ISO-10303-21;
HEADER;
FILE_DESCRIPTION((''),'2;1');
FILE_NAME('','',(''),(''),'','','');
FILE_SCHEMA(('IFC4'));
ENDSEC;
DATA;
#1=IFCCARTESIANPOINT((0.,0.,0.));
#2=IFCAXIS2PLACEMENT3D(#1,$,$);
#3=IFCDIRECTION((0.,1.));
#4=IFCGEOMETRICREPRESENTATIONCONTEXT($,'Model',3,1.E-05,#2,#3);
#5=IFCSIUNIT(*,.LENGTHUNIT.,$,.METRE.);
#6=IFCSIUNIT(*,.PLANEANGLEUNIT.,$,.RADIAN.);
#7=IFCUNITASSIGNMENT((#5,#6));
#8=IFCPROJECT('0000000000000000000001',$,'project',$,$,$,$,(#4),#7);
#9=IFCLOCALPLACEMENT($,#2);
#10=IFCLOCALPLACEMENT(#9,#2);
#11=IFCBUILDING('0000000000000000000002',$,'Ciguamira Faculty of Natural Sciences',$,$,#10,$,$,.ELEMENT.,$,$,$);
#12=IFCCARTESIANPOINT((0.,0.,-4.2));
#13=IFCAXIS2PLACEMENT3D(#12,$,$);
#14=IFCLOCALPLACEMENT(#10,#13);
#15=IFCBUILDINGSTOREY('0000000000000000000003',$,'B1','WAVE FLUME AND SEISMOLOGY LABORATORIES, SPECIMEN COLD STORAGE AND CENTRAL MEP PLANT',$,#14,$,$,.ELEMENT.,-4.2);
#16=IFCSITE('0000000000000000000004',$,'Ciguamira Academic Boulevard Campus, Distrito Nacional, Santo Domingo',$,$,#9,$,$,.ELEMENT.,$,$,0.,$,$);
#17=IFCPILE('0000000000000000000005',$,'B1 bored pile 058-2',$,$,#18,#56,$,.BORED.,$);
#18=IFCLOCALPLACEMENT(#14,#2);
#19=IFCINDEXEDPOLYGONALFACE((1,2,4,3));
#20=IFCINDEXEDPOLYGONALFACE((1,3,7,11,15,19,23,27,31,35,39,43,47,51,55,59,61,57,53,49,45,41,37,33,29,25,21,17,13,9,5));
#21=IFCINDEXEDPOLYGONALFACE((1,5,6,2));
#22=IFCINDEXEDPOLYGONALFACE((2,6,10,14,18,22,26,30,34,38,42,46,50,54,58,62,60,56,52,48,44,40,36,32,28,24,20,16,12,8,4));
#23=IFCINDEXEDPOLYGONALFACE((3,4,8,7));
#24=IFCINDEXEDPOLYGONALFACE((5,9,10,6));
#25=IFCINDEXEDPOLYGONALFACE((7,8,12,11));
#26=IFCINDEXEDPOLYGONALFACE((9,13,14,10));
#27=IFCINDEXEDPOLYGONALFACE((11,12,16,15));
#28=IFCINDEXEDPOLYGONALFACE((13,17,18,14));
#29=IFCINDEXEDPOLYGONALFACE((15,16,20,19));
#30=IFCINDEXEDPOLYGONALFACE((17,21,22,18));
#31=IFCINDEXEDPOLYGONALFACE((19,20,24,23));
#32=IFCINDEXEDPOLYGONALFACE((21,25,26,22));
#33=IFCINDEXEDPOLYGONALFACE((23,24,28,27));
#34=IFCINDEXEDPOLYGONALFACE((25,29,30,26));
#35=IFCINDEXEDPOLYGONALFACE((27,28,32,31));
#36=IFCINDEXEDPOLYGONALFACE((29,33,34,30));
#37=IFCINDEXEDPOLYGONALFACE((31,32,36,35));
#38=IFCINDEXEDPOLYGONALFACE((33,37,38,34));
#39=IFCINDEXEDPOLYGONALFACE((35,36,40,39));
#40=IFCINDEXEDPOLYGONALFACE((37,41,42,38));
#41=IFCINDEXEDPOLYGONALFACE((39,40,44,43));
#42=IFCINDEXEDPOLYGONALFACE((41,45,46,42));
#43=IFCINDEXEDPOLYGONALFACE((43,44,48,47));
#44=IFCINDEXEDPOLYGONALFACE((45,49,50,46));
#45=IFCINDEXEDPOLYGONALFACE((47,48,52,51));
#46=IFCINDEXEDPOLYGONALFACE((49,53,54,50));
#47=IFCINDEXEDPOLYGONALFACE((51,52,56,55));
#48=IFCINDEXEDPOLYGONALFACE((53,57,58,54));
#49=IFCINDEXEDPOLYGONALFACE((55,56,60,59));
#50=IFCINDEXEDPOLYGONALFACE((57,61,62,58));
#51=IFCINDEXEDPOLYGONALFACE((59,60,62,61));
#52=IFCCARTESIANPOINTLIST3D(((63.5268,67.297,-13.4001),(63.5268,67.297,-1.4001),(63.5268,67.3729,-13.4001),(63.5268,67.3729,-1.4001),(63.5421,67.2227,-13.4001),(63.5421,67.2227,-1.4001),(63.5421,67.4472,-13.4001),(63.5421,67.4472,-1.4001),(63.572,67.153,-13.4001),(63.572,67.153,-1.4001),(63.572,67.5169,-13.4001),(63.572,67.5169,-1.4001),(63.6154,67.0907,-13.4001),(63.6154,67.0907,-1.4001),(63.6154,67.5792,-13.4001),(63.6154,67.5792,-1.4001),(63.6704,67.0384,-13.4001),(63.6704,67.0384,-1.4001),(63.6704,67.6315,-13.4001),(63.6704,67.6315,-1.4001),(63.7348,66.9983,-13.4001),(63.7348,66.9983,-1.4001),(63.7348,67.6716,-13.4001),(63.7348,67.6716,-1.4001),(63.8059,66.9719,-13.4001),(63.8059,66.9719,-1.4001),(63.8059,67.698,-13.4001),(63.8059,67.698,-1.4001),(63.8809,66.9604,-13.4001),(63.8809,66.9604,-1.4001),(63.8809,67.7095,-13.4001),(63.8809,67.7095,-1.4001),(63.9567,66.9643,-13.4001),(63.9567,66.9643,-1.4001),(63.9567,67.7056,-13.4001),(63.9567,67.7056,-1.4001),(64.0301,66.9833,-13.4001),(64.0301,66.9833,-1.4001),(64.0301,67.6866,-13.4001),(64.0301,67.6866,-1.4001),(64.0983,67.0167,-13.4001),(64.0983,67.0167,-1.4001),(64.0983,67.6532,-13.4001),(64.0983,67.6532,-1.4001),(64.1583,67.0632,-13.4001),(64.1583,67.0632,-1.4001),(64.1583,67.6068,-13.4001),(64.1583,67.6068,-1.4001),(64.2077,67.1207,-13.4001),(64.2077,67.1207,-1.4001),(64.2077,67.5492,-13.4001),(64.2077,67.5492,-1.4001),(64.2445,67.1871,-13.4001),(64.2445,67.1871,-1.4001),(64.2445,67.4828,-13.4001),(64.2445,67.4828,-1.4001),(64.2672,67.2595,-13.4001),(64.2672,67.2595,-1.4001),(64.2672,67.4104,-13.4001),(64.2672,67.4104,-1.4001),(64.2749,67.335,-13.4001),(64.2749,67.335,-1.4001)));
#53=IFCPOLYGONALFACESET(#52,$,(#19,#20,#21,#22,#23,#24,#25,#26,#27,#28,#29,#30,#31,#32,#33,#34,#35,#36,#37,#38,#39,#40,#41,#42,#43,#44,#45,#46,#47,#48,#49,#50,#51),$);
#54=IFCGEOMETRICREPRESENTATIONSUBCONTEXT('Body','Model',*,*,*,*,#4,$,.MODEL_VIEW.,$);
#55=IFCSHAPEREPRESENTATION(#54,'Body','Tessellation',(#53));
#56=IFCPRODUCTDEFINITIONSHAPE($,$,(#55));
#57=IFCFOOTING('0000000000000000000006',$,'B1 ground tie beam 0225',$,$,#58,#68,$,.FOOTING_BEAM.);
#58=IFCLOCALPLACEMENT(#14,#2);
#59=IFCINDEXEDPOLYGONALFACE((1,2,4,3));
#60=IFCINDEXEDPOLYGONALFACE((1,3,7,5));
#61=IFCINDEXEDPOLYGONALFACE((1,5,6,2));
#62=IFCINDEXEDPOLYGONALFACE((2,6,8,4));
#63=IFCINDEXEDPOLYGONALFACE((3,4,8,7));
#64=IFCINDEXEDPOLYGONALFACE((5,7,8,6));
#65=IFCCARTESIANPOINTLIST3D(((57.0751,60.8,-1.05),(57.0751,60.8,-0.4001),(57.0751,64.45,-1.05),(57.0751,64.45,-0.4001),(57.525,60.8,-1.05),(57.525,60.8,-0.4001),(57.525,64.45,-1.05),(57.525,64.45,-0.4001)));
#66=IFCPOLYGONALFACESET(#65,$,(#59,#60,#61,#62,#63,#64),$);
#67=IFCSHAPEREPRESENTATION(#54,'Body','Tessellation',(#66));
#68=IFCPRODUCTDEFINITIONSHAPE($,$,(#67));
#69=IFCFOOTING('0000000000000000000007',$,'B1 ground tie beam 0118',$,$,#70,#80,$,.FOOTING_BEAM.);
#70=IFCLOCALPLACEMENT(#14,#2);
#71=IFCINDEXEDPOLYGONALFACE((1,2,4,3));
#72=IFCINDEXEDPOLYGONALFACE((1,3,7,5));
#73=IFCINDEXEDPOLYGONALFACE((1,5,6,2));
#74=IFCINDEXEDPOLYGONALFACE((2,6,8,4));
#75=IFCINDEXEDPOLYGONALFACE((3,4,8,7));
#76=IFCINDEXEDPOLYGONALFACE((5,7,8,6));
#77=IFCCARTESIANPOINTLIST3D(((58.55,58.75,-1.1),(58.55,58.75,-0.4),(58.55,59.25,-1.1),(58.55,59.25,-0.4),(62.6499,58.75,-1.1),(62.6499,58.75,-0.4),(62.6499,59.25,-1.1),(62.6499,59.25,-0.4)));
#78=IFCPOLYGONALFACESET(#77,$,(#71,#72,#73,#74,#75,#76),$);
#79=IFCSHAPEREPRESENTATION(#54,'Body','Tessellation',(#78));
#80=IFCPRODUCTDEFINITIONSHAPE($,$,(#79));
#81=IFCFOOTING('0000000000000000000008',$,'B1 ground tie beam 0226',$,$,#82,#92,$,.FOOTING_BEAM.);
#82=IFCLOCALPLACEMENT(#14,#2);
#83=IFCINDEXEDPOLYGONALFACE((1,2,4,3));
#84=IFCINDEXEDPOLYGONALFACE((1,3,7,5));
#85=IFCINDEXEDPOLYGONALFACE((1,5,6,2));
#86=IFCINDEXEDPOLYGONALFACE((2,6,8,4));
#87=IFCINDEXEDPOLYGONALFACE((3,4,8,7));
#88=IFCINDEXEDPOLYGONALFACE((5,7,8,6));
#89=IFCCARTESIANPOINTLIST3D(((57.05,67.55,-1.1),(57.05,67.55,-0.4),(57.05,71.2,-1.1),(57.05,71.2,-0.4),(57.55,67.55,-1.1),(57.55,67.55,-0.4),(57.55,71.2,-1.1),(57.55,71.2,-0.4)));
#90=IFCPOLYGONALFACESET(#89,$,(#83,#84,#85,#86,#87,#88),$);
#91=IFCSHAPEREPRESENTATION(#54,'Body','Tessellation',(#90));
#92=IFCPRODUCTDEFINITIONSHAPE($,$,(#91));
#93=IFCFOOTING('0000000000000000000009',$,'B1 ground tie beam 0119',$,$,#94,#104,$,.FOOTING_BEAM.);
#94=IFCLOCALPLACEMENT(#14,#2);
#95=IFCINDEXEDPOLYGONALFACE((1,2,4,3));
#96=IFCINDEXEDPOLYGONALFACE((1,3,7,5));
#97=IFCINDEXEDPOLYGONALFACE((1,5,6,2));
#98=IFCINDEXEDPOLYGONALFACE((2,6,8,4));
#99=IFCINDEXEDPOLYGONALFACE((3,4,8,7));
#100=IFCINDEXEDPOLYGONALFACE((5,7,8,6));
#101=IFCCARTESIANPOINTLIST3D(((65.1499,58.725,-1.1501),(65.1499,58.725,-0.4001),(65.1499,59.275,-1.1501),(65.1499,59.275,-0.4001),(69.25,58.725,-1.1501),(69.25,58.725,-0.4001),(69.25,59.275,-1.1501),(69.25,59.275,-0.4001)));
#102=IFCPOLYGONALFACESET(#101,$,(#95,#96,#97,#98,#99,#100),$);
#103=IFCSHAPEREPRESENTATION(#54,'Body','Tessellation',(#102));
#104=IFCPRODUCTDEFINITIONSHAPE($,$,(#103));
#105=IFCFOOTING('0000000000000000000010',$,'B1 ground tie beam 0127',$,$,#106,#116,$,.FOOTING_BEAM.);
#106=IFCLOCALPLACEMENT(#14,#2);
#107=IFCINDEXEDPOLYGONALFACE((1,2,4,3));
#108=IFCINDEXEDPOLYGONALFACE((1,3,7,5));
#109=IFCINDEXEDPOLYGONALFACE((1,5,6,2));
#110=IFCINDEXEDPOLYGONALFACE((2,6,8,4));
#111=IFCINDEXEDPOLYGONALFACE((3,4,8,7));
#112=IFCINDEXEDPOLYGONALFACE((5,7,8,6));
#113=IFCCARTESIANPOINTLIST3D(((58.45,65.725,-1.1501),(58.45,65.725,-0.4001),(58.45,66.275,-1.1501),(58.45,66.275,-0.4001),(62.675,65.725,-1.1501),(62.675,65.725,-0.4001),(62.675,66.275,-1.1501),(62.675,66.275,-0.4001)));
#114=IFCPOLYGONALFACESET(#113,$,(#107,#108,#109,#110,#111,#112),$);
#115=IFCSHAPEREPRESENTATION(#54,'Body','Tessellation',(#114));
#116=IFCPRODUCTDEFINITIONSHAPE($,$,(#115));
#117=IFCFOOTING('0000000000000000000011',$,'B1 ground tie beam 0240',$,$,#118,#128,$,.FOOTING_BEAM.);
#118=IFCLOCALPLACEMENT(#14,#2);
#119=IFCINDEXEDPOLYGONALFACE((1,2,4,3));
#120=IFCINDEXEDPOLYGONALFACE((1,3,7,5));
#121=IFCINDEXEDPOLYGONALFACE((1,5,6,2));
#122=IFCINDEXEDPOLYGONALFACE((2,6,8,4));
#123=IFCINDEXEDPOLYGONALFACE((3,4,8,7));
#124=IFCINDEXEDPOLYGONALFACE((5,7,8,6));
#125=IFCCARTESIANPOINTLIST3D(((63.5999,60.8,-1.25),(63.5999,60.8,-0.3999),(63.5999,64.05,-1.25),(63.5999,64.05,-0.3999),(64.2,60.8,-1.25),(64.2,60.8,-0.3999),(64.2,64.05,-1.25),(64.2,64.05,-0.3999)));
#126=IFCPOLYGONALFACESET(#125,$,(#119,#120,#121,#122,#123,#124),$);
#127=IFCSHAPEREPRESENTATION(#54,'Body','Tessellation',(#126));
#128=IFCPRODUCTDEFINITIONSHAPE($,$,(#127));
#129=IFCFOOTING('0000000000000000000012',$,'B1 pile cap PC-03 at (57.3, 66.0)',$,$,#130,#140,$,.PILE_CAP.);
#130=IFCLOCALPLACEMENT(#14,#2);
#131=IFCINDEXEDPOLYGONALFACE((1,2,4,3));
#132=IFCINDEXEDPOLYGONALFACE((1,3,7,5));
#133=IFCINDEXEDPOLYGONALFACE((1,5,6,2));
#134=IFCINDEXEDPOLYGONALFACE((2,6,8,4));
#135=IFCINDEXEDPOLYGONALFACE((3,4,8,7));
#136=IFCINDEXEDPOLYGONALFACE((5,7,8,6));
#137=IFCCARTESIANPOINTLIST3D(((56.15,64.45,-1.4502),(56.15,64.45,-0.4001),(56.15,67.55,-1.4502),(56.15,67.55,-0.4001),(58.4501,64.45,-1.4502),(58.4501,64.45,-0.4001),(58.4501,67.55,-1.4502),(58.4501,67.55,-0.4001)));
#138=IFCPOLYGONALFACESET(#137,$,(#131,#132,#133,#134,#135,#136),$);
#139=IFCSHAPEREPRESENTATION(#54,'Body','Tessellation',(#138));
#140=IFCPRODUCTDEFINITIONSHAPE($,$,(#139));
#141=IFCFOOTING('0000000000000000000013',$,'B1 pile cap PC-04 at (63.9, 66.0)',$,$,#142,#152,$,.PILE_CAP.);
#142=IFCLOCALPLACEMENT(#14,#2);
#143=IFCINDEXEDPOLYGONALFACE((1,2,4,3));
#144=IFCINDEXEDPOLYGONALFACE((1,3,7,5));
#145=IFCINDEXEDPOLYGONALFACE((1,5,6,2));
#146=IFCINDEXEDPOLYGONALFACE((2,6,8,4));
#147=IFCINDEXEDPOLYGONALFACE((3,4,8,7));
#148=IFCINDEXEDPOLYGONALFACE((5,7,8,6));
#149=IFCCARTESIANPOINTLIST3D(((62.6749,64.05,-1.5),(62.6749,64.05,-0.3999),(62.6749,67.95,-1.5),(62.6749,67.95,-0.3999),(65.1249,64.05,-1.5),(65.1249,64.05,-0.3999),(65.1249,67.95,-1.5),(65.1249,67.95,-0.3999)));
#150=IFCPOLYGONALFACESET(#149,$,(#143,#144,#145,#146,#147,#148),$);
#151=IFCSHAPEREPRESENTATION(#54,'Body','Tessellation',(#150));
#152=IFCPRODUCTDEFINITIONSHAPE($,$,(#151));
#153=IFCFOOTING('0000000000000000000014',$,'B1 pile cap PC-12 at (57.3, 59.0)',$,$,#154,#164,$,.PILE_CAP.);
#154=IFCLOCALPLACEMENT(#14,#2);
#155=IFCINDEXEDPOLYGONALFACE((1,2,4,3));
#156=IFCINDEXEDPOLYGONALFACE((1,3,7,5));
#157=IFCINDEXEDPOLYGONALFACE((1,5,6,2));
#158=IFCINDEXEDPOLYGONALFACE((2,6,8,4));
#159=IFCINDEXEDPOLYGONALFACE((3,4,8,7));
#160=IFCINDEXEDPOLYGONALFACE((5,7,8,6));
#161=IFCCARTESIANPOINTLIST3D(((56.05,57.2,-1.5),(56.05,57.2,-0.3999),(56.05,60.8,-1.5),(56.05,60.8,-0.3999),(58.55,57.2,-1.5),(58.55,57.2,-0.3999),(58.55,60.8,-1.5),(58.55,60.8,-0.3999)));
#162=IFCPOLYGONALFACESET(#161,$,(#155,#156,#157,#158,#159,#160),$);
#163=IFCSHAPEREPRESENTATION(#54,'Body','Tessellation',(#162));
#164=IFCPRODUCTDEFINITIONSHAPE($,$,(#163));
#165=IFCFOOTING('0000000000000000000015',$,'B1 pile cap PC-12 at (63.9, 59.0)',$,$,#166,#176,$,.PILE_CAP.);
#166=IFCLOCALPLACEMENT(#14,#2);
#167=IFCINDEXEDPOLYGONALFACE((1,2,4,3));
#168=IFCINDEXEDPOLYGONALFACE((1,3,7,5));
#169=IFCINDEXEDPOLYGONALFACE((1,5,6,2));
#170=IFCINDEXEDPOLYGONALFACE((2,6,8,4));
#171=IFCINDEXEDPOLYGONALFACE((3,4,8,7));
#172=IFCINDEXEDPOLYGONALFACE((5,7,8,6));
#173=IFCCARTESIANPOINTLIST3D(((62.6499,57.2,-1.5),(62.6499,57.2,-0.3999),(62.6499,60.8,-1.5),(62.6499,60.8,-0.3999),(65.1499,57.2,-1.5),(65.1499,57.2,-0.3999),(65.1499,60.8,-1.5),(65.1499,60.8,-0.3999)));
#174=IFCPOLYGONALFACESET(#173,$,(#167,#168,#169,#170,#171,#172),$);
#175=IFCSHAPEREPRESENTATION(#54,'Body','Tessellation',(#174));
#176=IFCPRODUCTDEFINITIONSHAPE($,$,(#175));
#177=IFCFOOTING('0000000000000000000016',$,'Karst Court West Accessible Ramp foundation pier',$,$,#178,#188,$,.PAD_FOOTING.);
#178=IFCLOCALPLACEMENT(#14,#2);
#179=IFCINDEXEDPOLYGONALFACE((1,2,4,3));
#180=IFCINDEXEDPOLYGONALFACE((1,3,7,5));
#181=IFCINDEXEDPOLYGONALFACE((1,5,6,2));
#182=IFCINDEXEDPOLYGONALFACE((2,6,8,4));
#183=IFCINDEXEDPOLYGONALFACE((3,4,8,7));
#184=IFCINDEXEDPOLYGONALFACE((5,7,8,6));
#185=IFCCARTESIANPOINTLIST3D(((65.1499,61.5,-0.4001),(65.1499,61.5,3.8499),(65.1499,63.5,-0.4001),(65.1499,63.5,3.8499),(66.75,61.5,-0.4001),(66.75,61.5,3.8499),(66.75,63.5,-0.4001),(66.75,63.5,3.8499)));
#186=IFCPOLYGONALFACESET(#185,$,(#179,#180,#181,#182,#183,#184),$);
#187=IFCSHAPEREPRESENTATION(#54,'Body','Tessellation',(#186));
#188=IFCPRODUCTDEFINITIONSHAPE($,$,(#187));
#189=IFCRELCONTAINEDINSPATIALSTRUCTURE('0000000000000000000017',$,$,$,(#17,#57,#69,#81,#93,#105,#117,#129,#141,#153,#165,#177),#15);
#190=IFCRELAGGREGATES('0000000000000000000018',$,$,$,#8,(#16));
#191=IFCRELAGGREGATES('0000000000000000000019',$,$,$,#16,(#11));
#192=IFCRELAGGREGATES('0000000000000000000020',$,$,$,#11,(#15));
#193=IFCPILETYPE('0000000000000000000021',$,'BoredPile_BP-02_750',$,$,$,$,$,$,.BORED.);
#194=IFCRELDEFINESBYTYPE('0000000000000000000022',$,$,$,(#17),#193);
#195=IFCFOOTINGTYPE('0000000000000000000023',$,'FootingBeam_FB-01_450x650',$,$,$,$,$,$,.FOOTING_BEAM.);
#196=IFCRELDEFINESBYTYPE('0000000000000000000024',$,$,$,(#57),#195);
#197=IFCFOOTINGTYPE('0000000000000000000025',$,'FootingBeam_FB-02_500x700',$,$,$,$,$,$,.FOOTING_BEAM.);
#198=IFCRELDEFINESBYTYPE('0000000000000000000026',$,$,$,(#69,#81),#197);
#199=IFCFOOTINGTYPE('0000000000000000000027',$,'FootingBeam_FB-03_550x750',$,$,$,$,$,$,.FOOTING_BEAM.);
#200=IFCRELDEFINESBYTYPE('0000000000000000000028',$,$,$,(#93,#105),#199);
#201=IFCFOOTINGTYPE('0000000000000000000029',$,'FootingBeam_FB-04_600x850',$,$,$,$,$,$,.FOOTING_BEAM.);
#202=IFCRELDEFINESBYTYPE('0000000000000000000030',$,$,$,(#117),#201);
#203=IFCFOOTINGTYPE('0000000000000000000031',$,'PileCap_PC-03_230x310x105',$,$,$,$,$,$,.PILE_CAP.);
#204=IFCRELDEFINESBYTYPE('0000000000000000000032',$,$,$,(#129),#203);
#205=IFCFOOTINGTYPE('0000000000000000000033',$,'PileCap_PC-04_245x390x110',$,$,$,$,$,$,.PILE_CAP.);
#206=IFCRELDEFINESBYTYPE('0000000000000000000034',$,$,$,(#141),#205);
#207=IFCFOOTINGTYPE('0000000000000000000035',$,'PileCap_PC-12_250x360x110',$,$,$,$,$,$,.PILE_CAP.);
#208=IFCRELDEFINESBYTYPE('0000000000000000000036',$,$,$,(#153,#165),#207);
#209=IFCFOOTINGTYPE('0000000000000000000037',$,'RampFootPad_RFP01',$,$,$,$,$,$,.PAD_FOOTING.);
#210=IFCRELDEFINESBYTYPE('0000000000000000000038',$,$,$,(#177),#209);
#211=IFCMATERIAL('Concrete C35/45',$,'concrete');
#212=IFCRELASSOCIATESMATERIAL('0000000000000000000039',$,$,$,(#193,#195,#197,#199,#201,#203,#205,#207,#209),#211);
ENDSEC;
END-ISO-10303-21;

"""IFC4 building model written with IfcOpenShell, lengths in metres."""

from ifc_helpers import new_model, si_unit, direction, frame, origin, origin_2d, place, context, subcontext, project, spatial, rectangle, circle, extrude, material, material_profile, profile_set, type_object, element, save


model = new_model("IFC4")

# Units and contexts
model_context = context("Model", 3, precision=1e-05, world=origin(), true_north=direction((0.0, 1.0)))
body_context = subcontext(model_context, "Body", "Model", "MODEL_VIEW")
ifc_project = project(units=[si_unit("LENGTHUNIT", "METRE"), si_unit("PLANEANGLEUNIT", "RADIAN")], contexts=[model_context])

# Site, building, storey
site_placement = place(None, origin())
site = spatial("IfcSite", under=ifc_project, at=site_placement, Name="Ciguamira Academic Boulevard Campus, Distrito Nacional, Santo Domingo", CompositionType="ELEMENT", RefElevation=0.0)
building_placement = place(site_placement, origin())
building = spatial("IfcBuilding", under=site, at=building_placement, Name="Ciguamira Faculty of Natural Sciences", CompositionType="ELEMENT")
storey_placement = place(building_placement, frame((0.0, 0.0, -4.2)))
storey = spatial("IfcBuildingStorey", under=building, at=storey_placement, Name="B1", Description="WAVE FLUME AND SEISMOLOGY LABORATORIES, SPECIMEN COLD STORAGE AND CENTRAL MEP PLANT", CompositionType="ELEMENT", Elevation=-4.2)

# Pile
ifc_material_1 = material(Name="Concrete C35/45", Category="concrete")
ifc_material_profile_1 = material_profile(ifc_material_1, circle(Radius=0.375, at=origin_2d()), Name="PILE-BORED-750")
ifc_profile_set_1 = profile_set([ifc_material_profile_1], Name="Concrete C35/45")
pile_type = type_object("IfcPileType", Name="BoredPile_BP-02_750", PredefinedType="BORED", material=ifc_profile_set_1)
for number, where, z_axis, x_axis, name in (
    (1, (63.8999, 67.335, -1.4001), (0.0, 0.0, -1.0), (1.0, 0.0, 0.0), "B1 bored pile 058-2"),
):
    element("IfcPile", number, at=place(storey_placement, frame(where, z_axis=z_axis, x_axis=x_axis)), inside=storey, type_object=pile_type, Name=name, PredefinedType="BORED", context=body_context, shape_type="SweptSolid", body=[
        extrude(circle(Radius=0.375, at=origin_2d()), origin(), (0.0, 0.0, 1.0), 12.0),
    ])

# Footings
ifc_material_profile_2 = material_profile(ifc_material_1, rectangle(XDim=0.45, YDim=0.6499, at=origin_2d()), Name="RC-FB-450X650")
ifc_profile_set_2 = profile_set([ifc_material_profile_2], Name="Concrete C35/45")
footing_type_1 = type_object("IfcFootingType", Name="FootingBeam_FB-01_450x650", PredefinedType="FOOTING_BEAM", material=ifc_profile_set_2)
footing_1_placement = place(storey_placement, frame((57.3, 60.8, -0.7251), z_axis=(0.0, 1.0, 0.0), x_axis=(-1.0, 0.0, 0.0)))
element("IfcFooting", 2, at=footing_1_placement, inside=storey, type_object=footing_type_1, Name="B1 ground tie beam 0225", PredefinedType="FOOTING_BEAM", context=body_context, shape_type="SweptSolid", body=[
    extrude(rectangle(XDim=0.45, YDim=0.6499, at=origin_2d()), origin(), (0.0, 0.0, 1.0), 3.6499),
])
ifc_material_profile_3 = material_profile(ifc_material_1, rectangle(XDim=0.5, YDim=0.7, at=origin_2d()), Name="RC-FB-500X700")
ifc_profile_set_3 = profile_set([ifc_material_profile_3], Name="Concrete C35/45")
footing_type_2 = type_object("IfcFootingType", Name="FootingBeam_FB-02_500x700", PredefinedType="FOOTING_BEAM", material=ifc_profile_set_3)
footing_2_placement = place(storey_placement, frame((58.55, 59.0, -0.75), z_axis=(1.0, 0.0, 0.0), x_axis=(0.0, 1.0, 0.0)))
element("IfcFooting", 3, at=footing_2_placement, inside=storey, type_object=footing_type_2, Name="B1 ground tie beam 0118", PredefinedType="FOOTING_BEAM", context=body_context, shape_type="SweptSolid", body=[
    extrude(rectangle(XDim=0.5, YDim=0.7, at=origin_2d()), origin(), (0.0, 0.0, 1.0), 4.0999),
])
footing_3_placement = place(storey_placement, frame((57.3, 67.55, -0.75), z_axis=(0.0, 1.0, 0.0), x_axis=(-1.0, 0.0, 0.0)))
element("IfcFooting", 4, at=footing_3_placement, inside=storey, type_object=footing_type_2, Name="B1 ground tie beam 0226", PredefinedType="FOOTING_BEAM", context=body_context, shape_type="SweptSolid", body=[
    extrude(rectangle(XDim=0.5, YDim=0.7, at=origin_2d()), origin(), (0.0, 0.0, 1.0), 3.6499),
])
ifc_material_profile_4 = material_profile(ifc_material_1, rectangle(XDim=0.55, YDim=0.75, at=origin_2d()), Name="RC-FB-550X750")
ifc_profile_set_4 = profile_set([ifc_material_profile_4], Name="Concrete C35/45")
footing_type_3 = type_object("IfcFootingType", Name="FootingBeam_FB-03_550x750", PredefinedType="FOOTING_BEAM", material=ifc_profile_set_4)
footing_4_placement = place(storey_placement, frame((65.1499, 59.0, -0.7751), z_axis=(1.0, 0.0, 0.0), x_axis=(0.0, 1.0, 0.0)))
element("IfcFooting", 5, at=footing_4_placement, inside=storey, type_object=footing_type_3, Name="B1 ground tie beam 0119", PredefinedType="FOOTING_BEAM", context=body_context, shape_type="SweptSolid", body=[
    extrude(rectangle(XDim=0.55, YDim=0.75, at=origin_2d()), origin(), (0.0, 0.0, 1.0), 4.1001),
])
footing_5_placement = place(storey_placement, frame((58.45, 66.0, -0.7751), z_axis=(1.0, 0.0, 0.0), x_axis=(0.0, 1.0, 0.0)))
element("IfcFooting", 6, at=footing_5_placement, inside=storey, type_object=footing_type_3, Name="B1 ground tie beam 0127", PredefinedType="FOOTING_BEAM", context=body_context, shape_type="SweptSolid", body=[
    extrude(rectangle(XDim=0.55, YDim=0.75, at=origin_2d()), origin(), (0.0, 0.0, 1.0), 4.2251),
])
ifc_material_profile_5 = material_profile(ifc_material_1, rectangle(XDim=0.6001, YDim=0.8501, at=origin_2d()), Name="RC-FB-600X850")
ifc_profile_set_5 = profile_set([ifc_material_profile_5], Name="Concrete C35/45")
footing_type_4 = type_object("IfcFootingType", Name="FootingBeam_FB-04_600x850", PredefinedType="FOOTING_BEAM", material=ifc_profile_set_5)
footing_6_placement = place(storey_placement, frame((63.8999, 60.8, -0.825), z_axis=(0.0, 1.0, 0.0), x_axis=(-1.0, 0.0, 0.0)))
element("IfcFooting", 7, at=footing_6_placement, inside=storey, type_object=footing_type_4, Name="B1 ground tie beam 0240", PredefinedType="FOOTING_BEAM", context=body_context, shape_type="SweptSolid", body=[
    extrude(rectangle(XDim=0.6001, YDim=0.8501, at=origin_2d()), origin(), (0.0, 0.0, 1.0), 3.25),
])
footing_type_5 = type_object("IfcFootingType", Name="PileCap_PC-03_230x310x105", PredefinedType="PILE_CAP", material=ifc_material_1)
footing_7_placement = place(storey_placement, frame((57.3, 66.0, -1.4502), z_axis=(0.0, 0.0, 1.0), x_axis=(1.0, 0.0, 0.0)))
element("IfcFooting", 8, at=footing_7_placement, inside=storey, type_object=footing_type_5, Name="B1 pile cap PC-03 at (57.3, 66.0)", PredefinedType="PILE_CAP", context=body_context, shape_type="SweptSolid", body=[
    extrude(rectangle(XDim=2.3, YDim=3.1001, at=origin_2d()), origin(), (0.0, 0.0, 1.0), 1.05),
])
footing_type_6 = type_object("IfcFootingType", Name="PileCap_PC-04_245x390x110", PredefinedType="PILE_CAP", material=ifc_material_1)
footing_8_placement = place(storey_placement, frame((63.8999, 66.0, -1.5), z_axis=(0.0, 0.0, 1.0), x_axis=(1.0, 0.0, 0.0)))
element("IfcFooting", 9, at=footing_8_placement, inside=storey, type_object=footing_type_6, Name="B1 pile cap PC-04 at (63.9, 66.0)", PredefinedType="PILE_CAP", context=body_context, shape_type="SweptSolid", body=[
    extrude(rectangle(XDim=2.45, YDim=3.8999, at=origin_2d()), origin(), (0.0, 0.0, 1.0), 1.1001),
])
footing_type_7 = type_object("IfcFootingType", Name="PileCap_PC-12_250x360x110", PredefinedType="PILE_CAP", material=ifc_material_1)
for number, where, z_axis, x_axis, name in (
    (10, (57.3, 59.0, -1.5), (0.0, 0.0, 1.0), (1.0, 0.0, 0.0), "B1 pile cap PC-12 at (57.3, 59.0)"),
    (11, (63.8999, 59.0, -1.5), (0.0, 0.0, 1.0), (1.0, 0.0, 0.0), "B1 pile cap PC-12 at (63.9, 59.0)"),
):
    element("IfcFooting", number, at=place(storey_placement, frame(where, z_axis=z_axis, x_axis=x_axis)), inside=storey, type_object=footing_type_7, Name=name, PredefinedType="PILE_CAP", context=body_context, shape_type="SweptSolid", body=[
        extrude(rectangle(XDim=2.5, YDim=3.6001, at=origin_2d()), origin(), (0.0, 0.0, 1.0), 1.1001),
    ])
footing_type_8 = type_object("IfcFootingType", Name="RampFootPad_RFP01", PredefinedType="PAD_FOOTING", material=ifc_material_1)
footing_9_placement = place(storey_placement, frame((65.95, 62.5, -0.4001), z_axis=(0.0, 0.0, 1.0), x_axis=(1.0, 0.0, 0.0)))
element("IfcFooting", 12, at=footing_9_placement, inside=storey, type_object=footing_type_8, Name="Karst Court West Accessible Ramp foundation pier", PredefinedType="PAD_FOOTING", context=body_context, shape_type="SweptSolid", body=[
    extrude(rectangle(XDim=1.6001, YDim=2.0, at=origin_2d()), origin(), (0.0, 0.0, 1.0), 4.25),
])

save(model, "model.ifc")
